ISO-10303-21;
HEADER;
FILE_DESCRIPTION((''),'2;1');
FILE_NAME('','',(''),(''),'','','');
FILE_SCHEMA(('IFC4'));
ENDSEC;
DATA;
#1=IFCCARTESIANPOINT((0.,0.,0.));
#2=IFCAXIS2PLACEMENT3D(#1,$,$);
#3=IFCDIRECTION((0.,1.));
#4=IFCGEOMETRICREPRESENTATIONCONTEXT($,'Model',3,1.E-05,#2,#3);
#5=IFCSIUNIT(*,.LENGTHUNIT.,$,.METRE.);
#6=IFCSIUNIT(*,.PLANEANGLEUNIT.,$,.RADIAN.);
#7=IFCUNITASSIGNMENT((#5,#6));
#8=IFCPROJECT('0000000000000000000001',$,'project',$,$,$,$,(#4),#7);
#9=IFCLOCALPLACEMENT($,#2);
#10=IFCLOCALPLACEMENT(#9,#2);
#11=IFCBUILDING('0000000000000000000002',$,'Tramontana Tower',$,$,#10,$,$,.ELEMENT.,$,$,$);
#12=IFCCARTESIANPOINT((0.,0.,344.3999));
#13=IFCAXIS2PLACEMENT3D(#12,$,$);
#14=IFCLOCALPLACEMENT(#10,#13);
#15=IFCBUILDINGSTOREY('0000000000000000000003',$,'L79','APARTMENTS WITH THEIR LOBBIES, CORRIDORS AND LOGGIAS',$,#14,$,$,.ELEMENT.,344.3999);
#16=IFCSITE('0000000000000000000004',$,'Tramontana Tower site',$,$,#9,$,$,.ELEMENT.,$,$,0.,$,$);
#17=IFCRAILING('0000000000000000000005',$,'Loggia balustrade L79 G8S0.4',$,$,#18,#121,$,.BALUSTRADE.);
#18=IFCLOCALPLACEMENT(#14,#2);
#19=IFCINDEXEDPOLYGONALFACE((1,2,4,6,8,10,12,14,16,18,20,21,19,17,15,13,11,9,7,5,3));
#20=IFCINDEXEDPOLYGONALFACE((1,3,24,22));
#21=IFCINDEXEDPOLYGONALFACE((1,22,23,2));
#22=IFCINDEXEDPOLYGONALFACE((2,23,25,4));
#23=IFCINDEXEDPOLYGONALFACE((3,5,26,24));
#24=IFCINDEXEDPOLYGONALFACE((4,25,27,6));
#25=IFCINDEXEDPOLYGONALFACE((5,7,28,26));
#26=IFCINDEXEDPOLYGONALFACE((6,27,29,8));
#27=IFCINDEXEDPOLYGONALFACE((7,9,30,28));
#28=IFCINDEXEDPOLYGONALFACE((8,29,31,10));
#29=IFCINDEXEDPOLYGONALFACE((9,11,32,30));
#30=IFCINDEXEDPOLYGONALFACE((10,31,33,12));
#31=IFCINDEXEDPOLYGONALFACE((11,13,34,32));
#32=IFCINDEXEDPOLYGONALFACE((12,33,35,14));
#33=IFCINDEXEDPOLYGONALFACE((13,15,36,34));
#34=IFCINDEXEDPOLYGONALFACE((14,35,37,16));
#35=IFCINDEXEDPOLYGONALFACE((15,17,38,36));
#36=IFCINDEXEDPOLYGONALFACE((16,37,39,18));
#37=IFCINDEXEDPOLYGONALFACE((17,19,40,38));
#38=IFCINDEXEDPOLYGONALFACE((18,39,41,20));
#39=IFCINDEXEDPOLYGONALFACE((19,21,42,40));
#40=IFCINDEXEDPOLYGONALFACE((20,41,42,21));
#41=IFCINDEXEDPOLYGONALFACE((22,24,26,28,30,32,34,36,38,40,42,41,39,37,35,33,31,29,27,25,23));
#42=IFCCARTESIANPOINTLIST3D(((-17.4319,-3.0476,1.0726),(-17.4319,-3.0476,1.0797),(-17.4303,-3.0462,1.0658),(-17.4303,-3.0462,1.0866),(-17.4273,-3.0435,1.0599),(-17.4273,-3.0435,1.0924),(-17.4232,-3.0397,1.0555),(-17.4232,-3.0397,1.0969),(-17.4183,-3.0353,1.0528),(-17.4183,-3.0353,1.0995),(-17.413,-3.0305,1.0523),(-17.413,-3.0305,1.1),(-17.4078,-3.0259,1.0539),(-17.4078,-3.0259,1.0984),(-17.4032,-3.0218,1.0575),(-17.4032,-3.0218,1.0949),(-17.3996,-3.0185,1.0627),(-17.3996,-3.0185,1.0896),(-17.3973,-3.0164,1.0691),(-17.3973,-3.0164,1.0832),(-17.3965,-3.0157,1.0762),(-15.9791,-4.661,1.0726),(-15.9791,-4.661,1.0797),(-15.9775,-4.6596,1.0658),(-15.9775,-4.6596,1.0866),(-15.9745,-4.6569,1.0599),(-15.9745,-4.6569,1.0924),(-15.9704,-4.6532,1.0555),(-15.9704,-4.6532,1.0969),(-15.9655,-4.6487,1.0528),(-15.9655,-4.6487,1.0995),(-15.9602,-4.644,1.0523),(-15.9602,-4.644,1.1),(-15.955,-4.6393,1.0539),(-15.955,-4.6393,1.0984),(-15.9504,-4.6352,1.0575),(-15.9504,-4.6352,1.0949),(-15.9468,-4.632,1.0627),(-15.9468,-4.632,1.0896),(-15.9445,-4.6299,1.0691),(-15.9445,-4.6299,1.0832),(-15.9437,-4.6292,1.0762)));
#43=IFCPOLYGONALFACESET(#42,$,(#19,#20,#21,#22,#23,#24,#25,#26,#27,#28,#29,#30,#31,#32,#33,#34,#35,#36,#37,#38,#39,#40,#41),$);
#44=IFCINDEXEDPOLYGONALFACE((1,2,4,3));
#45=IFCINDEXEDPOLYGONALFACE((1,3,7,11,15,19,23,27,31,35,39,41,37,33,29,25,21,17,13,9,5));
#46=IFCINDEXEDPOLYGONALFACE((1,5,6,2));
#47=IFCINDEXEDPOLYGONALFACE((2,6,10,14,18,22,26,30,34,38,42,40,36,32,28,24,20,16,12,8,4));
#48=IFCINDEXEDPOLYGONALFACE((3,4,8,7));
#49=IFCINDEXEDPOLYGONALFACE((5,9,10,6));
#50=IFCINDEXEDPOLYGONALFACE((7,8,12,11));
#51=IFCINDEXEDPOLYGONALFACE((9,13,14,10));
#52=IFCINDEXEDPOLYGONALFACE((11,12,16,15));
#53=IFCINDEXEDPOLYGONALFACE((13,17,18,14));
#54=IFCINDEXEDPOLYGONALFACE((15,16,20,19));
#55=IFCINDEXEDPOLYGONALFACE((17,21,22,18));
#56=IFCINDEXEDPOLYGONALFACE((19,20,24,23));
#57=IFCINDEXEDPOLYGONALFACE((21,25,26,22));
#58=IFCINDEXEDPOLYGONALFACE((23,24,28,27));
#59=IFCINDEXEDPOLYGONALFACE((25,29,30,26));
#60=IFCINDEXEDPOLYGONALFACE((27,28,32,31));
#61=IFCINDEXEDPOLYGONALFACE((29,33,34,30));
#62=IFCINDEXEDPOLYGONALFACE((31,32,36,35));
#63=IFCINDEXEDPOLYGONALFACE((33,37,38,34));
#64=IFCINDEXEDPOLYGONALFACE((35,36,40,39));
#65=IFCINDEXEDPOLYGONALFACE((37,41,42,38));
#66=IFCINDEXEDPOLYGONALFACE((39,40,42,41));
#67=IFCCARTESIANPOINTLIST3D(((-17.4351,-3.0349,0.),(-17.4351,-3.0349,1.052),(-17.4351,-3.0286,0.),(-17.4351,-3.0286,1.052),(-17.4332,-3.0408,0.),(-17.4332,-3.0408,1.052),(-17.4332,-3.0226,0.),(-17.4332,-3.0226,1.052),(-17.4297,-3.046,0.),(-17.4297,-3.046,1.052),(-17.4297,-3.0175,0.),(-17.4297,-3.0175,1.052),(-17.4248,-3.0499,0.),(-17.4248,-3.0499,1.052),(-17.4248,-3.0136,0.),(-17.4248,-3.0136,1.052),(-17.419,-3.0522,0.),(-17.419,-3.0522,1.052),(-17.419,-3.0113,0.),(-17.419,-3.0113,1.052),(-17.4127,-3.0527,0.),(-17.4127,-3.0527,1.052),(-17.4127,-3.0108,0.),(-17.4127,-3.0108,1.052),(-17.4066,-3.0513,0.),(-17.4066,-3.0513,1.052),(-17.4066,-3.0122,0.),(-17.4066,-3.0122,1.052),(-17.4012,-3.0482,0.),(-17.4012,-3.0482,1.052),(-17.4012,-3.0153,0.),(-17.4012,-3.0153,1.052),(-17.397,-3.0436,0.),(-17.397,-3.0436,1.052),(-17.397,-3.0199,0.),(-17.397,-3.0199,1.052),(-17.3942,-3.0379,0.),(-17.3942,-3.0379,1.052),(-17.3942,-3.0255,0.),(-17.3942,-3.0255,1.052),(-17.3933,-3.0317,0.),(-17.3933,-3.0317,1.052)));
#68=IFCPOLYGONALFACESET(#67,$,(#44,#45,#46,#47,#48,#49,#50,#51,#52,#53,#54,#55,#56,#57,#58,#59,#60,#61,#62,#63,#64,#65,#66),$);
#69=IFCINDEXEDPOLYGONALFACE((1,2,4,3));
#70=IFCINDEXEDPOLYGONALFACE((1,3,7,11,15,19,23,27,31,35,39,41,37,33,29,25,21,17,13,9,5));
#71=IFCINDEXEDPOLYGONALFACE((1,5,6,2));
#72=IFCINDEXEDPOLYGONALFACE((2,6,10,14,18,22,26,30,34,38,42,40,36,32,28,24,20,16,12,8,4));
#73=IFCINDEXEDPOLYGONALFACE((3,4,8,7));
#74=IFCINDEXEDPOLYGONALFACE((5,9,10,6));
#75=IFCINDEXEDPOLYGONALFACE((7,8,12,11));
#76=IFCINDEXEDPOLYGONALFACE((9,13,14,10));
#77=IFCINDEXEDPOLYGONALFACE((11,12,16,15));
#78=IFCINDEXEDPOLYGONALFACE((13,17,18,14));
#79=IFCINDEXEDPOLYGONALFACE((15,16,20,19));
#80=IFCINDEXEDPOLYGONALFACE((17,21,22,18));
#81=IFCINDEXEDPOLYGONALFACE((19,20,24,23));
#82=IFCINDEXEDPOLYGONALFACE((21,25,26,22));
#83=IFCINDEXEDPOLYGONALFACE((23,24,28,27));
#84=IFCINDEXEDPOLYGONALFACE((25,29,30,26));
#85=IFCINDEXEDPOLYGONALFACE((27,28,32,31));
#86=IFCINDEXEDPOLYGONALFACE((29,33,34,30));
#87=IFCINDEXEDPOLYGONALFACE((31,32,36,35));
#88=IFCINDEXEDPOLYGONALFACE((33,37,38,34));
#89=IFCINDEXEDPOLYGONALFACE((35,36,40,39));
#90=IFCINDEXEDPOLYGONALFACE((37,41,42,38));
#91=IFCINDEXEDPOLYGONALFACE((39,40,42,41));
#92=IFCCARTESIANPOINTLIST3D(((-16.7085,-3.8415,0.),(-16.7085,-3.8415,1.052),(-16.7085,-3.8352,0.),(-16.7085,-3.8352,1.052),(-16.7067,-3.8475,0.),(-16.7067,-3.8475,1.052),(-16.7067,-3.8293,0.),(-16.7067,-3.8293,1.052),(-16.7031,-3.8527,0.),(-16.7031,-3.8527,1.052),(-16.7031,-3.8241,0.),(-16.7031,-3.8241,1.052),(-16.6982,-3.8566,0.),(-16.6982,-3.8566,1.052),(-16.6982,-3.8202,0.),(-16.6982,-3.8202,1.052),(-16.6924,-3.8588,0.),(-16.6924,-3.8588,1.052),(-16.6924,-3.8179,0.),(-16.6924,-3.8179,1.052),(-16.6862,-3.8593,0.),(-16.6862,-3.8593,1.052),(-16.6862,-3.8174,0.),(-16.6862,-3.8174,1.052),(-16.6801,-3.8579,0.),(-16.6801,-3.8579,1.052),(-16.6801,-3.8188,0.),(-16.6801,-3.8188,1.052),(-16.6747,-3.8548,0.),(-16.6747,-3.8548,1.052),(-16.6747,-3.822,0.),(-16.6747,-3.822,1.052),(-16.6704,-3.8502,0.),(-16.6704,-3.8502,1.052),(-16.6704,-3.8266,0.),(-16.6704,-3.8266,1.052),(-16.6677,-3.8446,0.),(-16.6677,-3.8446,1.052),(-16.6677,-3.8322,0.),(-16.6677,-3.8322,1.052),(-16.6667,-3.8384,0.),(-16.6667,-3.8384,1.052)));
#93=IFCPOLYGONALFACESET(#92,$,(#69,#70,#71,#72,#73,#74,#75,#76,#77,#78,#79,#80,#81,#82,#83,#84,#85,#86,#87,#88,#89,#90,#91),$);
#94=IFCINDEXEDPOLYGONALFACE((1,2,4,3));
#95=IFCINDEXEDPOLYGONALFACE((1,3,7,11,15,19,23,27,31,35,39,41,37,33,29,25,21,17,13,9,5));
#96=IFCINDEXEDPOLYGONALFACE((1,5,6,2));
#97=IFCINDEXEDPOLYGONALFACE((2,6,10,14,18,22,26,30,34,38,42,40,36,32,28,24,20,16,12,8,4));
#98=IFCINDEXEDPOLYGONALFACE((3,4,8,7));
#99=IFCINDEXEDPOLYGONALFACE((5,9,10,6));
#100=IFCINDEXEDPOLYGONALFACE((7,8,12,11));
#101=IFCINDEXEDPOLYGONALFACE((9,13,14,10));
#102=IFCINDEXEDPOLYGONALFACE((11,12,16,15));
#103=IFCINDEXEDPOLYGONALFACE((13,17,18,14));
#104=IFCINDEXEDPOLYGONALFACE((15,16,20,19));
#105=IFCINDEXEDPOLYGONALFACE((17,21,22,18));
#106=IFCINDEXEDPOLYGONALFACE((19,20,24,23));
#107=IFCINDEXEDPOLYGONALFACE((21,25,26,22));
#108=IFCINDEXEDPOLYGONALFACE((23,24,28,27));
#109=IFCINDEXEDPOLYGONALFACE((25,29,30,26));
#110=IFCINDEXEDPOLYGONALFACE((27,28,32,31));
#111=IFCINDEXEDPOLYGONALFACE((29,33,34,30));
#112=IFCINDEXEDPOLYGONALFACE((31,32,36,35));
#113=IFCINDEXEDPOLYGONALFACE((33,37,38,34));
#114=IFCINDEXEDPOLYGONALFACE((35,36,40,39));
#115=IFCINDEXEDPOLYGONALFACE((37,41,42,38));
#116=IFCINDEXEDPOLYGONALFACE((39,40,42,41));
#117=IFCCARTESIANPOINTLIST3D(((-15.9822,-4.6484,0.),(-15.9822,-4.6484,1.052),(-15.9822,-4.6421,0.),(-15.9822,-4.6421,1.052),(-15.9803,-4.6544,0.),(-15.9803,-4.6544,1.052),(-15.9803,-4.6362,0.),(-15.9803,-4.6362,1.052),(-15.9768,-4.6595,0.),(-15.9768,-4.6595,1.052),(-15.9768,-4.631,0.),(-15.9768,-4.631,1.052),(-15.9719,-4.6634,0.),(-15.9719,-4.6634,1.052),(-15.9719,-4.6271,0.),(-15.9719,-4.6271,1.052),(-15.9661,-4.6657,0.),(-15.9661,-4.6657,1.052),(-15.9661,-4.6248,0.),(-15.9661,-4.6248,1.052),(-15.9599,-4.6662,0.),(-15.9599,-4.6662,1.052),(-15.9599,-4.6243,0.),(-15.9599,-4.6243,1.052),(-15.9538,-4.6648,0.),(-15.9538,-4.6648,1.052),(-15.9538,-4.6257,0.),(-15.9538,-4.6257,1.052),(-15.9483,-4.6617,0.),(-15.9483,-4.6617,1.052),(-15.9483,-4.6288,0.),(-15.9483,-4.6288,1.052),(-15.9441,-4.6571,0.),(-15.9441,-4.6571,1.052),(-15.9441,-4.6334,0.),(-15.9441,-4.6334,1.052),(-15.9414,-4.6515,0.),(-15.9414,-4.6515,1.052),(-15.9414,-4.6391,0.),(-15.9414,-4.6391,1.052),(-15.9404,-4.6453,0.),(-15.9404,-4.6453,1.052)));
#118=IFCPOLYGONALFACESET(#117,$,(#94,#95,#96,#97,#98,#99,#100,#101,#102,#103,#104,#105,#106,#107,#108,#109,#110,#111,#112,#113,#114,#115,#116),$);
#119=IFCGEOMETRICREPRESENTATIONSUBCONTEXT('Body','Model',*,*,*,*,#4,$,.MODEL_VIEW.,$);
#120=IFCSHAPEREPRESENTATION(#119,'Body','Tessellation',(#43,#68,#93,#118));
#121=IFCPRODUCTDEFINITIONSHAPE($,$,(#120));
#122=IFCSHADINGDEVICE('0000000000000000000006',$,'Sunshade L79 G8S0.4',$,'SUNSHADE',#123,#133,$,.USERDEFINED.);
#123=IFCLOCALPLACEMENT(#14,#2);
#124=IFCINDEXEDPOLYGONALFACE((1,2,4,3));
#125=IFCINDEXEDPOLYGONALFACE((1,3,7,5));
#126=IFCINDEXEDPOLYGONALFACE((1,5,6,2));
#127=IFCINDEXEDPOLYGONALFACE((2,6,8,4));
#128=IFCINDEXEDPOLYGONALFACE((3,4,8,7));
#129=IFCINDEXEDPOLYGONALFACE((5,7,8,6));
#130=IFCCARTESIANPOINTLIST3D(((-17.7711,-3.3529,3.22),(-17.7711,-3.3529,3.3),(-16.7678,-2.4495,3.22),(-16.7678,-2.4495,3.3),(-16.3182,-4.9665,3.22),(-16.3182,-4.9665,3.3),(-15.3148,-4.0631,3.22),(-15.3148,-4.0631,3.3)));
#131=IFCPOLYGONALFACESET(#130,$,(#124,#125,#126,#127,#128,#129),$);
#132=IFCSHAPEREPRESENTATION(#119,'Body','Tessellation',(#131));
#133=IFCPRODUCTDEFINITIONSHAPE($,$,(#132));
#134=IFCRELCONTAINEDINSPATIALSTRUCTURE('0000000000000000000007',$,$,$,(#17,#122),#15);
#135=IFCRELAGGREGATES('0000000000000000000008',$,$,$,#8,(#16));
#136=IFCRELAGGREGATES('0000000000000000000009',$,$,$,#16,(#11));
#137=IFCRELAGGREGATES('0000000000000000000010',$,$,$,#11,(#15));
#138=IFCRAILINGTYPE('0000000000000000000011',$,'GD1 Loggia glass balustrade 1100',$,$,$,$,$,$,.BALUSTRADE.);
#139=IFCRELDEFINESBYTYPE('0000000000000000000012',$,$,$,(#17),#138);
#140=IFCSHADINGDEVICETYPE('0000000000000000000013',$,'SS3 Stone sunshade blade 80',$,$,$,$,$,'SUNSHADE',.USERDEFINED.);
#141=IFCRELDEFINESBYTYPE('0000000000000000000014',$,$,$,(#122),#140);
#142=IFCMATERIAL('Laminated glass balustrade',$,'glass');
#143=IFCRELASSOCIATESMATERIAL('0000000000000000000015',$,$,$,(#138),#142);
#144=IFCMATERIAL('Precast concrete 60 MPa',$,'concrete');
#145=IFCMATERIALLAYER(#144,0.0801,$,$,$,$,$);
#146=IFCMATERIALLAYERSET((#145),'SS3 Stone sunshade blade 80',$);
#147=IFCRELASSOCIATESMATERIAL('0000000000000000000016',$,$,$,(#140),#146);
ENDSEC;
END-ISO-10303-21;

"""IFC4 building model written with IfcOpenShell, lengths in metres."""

from ifc_helpers import new_model, si_unit, direction, frame, origin, origin_2d, place, context, subcontext, project, spatial, rectangle, circle, extrude, material, layer, layer_set, type_object, element, save


model = new_model("IFC4")

# Units and contexts
model_context = context("Model", 3, precision=1e-05, world=origin(), true_north=direction((0.0, 1.0)))
body_context = subcontext(model_context, "Body", "Model", "MODEL_VIEW")
ifc_project = project(units=[si_unit("LENGTHUNIT", "METRE"), si_unit("PLANEANGLEUNIT", "RADIAN")], contexts=[model_context])

# Site, building, storey
site_placement = place(None, origin())
site = spatial("IfcSite", under=ifc_project, at=site_placement, Name="Tramontana Tower site", CompositionType="ELEMENT", RefElevation=0.0)
building_placement = place(site_placement, origin())
building = spatial("IfcBuilding", under=site, at=building_placement, Name="Tramontana Tower", CompositionType="ELEMENT")
storey_placement = place(building_placement, frame((0.0, 0.0, 344.3999)))
storey = spatial("IfcBuildingStorey", under=building, at=storey_placement, Name="L79", Description="APARTMENTS WITH THEIR LOBBIES, CORRIDORS AND LOGGIAS", CompositionType="ELEMENT", Elevation=344.3999)

# Railing
ifc_material_1 = material(Name="Laminated glass balustrade", Category="glass")
railing_type_1 = type_object("IfcRailingType", Name="GD1 Loggia glass balustrade 1100", PredefinedType="BALUSTRADE", material=ifc_material_1)
railing_1_placement = place(storey_placement, frame((-17.4143, -3.0317, 0.0)))
element("IfcRailing", 1, at=railing_1_placement, inside=storey, type_object=railing_type_1, Name="Loggia balustrade L79 G8S0.4", PredefinedType="BALUSTRADE", context=body_context, shape_type="SweptSolid", body=[
    extrude(circle(Radius=0.0239, at=origin_2d()), frame((0.0, 0.0, 1.0762), z_axis=(0.669145, -0.743132, 0.0), x_axis=(0.743132, 0.669145, 0.0)), (0.0, 0.0, 1.0), 2.1711),
    extrude(circle(Radius=0.021, at=origin_2d()), origin(), (0.0, 0.0, 1.0), 1.052),
    extrude(circle(Radius=0.021, at=origin_2d()), frame((0.7266, -0.8066, 0.0)), (0.0, 0.0, 1.0), 1.052),
    extrude(circle(Radius=0.021, at=origin_2d()), frame((1.4529, -1.6135, 0.0)), (0.0, 0.0, 1.0), 1.052),
])

# Shading device
ifc_material_2 = material(Name="Precast concrete 60 MPa", Category="concrete")
ifc_layer_1 = layer(ifc_material_2, 0.0801)
ifc_layer_set_1 = layer_set([ifc_layer_1], Name="SS3 Stone sunshade blade 80")
shading_device_type = type_object("IfcShadingDeviceType", Name="SS3 Stone sunshade blade 80", ElementType="SUNSHADE", PredefinedType="USERDEFINED", material=ifc_layer_set_1)
shading_device_placement = place(storey_placement, frame((-16.543, -3.708, 3.22), z_axis=(0.0, 0.0, 1.0), x_axis=(0.669131, -0.743145, 0.0)))
element("IfcShadingDevice", 2, at=shading_device_placement, inside=storey, type_object=shading_device_type, Name="Sunshade L79 G8S0.4", ObjectType="SUNSHADE", PredefinedType="USERDEFINED", context=body_context, shape_type="SweptSolid", body=[
    extrude(rectangle(XDim=2.1714, YDim=1.3501, at=origin_2d()), origin(), (0.0, 0.0, 1.0), 0.0801),
])

save(model, "model.ifc")
